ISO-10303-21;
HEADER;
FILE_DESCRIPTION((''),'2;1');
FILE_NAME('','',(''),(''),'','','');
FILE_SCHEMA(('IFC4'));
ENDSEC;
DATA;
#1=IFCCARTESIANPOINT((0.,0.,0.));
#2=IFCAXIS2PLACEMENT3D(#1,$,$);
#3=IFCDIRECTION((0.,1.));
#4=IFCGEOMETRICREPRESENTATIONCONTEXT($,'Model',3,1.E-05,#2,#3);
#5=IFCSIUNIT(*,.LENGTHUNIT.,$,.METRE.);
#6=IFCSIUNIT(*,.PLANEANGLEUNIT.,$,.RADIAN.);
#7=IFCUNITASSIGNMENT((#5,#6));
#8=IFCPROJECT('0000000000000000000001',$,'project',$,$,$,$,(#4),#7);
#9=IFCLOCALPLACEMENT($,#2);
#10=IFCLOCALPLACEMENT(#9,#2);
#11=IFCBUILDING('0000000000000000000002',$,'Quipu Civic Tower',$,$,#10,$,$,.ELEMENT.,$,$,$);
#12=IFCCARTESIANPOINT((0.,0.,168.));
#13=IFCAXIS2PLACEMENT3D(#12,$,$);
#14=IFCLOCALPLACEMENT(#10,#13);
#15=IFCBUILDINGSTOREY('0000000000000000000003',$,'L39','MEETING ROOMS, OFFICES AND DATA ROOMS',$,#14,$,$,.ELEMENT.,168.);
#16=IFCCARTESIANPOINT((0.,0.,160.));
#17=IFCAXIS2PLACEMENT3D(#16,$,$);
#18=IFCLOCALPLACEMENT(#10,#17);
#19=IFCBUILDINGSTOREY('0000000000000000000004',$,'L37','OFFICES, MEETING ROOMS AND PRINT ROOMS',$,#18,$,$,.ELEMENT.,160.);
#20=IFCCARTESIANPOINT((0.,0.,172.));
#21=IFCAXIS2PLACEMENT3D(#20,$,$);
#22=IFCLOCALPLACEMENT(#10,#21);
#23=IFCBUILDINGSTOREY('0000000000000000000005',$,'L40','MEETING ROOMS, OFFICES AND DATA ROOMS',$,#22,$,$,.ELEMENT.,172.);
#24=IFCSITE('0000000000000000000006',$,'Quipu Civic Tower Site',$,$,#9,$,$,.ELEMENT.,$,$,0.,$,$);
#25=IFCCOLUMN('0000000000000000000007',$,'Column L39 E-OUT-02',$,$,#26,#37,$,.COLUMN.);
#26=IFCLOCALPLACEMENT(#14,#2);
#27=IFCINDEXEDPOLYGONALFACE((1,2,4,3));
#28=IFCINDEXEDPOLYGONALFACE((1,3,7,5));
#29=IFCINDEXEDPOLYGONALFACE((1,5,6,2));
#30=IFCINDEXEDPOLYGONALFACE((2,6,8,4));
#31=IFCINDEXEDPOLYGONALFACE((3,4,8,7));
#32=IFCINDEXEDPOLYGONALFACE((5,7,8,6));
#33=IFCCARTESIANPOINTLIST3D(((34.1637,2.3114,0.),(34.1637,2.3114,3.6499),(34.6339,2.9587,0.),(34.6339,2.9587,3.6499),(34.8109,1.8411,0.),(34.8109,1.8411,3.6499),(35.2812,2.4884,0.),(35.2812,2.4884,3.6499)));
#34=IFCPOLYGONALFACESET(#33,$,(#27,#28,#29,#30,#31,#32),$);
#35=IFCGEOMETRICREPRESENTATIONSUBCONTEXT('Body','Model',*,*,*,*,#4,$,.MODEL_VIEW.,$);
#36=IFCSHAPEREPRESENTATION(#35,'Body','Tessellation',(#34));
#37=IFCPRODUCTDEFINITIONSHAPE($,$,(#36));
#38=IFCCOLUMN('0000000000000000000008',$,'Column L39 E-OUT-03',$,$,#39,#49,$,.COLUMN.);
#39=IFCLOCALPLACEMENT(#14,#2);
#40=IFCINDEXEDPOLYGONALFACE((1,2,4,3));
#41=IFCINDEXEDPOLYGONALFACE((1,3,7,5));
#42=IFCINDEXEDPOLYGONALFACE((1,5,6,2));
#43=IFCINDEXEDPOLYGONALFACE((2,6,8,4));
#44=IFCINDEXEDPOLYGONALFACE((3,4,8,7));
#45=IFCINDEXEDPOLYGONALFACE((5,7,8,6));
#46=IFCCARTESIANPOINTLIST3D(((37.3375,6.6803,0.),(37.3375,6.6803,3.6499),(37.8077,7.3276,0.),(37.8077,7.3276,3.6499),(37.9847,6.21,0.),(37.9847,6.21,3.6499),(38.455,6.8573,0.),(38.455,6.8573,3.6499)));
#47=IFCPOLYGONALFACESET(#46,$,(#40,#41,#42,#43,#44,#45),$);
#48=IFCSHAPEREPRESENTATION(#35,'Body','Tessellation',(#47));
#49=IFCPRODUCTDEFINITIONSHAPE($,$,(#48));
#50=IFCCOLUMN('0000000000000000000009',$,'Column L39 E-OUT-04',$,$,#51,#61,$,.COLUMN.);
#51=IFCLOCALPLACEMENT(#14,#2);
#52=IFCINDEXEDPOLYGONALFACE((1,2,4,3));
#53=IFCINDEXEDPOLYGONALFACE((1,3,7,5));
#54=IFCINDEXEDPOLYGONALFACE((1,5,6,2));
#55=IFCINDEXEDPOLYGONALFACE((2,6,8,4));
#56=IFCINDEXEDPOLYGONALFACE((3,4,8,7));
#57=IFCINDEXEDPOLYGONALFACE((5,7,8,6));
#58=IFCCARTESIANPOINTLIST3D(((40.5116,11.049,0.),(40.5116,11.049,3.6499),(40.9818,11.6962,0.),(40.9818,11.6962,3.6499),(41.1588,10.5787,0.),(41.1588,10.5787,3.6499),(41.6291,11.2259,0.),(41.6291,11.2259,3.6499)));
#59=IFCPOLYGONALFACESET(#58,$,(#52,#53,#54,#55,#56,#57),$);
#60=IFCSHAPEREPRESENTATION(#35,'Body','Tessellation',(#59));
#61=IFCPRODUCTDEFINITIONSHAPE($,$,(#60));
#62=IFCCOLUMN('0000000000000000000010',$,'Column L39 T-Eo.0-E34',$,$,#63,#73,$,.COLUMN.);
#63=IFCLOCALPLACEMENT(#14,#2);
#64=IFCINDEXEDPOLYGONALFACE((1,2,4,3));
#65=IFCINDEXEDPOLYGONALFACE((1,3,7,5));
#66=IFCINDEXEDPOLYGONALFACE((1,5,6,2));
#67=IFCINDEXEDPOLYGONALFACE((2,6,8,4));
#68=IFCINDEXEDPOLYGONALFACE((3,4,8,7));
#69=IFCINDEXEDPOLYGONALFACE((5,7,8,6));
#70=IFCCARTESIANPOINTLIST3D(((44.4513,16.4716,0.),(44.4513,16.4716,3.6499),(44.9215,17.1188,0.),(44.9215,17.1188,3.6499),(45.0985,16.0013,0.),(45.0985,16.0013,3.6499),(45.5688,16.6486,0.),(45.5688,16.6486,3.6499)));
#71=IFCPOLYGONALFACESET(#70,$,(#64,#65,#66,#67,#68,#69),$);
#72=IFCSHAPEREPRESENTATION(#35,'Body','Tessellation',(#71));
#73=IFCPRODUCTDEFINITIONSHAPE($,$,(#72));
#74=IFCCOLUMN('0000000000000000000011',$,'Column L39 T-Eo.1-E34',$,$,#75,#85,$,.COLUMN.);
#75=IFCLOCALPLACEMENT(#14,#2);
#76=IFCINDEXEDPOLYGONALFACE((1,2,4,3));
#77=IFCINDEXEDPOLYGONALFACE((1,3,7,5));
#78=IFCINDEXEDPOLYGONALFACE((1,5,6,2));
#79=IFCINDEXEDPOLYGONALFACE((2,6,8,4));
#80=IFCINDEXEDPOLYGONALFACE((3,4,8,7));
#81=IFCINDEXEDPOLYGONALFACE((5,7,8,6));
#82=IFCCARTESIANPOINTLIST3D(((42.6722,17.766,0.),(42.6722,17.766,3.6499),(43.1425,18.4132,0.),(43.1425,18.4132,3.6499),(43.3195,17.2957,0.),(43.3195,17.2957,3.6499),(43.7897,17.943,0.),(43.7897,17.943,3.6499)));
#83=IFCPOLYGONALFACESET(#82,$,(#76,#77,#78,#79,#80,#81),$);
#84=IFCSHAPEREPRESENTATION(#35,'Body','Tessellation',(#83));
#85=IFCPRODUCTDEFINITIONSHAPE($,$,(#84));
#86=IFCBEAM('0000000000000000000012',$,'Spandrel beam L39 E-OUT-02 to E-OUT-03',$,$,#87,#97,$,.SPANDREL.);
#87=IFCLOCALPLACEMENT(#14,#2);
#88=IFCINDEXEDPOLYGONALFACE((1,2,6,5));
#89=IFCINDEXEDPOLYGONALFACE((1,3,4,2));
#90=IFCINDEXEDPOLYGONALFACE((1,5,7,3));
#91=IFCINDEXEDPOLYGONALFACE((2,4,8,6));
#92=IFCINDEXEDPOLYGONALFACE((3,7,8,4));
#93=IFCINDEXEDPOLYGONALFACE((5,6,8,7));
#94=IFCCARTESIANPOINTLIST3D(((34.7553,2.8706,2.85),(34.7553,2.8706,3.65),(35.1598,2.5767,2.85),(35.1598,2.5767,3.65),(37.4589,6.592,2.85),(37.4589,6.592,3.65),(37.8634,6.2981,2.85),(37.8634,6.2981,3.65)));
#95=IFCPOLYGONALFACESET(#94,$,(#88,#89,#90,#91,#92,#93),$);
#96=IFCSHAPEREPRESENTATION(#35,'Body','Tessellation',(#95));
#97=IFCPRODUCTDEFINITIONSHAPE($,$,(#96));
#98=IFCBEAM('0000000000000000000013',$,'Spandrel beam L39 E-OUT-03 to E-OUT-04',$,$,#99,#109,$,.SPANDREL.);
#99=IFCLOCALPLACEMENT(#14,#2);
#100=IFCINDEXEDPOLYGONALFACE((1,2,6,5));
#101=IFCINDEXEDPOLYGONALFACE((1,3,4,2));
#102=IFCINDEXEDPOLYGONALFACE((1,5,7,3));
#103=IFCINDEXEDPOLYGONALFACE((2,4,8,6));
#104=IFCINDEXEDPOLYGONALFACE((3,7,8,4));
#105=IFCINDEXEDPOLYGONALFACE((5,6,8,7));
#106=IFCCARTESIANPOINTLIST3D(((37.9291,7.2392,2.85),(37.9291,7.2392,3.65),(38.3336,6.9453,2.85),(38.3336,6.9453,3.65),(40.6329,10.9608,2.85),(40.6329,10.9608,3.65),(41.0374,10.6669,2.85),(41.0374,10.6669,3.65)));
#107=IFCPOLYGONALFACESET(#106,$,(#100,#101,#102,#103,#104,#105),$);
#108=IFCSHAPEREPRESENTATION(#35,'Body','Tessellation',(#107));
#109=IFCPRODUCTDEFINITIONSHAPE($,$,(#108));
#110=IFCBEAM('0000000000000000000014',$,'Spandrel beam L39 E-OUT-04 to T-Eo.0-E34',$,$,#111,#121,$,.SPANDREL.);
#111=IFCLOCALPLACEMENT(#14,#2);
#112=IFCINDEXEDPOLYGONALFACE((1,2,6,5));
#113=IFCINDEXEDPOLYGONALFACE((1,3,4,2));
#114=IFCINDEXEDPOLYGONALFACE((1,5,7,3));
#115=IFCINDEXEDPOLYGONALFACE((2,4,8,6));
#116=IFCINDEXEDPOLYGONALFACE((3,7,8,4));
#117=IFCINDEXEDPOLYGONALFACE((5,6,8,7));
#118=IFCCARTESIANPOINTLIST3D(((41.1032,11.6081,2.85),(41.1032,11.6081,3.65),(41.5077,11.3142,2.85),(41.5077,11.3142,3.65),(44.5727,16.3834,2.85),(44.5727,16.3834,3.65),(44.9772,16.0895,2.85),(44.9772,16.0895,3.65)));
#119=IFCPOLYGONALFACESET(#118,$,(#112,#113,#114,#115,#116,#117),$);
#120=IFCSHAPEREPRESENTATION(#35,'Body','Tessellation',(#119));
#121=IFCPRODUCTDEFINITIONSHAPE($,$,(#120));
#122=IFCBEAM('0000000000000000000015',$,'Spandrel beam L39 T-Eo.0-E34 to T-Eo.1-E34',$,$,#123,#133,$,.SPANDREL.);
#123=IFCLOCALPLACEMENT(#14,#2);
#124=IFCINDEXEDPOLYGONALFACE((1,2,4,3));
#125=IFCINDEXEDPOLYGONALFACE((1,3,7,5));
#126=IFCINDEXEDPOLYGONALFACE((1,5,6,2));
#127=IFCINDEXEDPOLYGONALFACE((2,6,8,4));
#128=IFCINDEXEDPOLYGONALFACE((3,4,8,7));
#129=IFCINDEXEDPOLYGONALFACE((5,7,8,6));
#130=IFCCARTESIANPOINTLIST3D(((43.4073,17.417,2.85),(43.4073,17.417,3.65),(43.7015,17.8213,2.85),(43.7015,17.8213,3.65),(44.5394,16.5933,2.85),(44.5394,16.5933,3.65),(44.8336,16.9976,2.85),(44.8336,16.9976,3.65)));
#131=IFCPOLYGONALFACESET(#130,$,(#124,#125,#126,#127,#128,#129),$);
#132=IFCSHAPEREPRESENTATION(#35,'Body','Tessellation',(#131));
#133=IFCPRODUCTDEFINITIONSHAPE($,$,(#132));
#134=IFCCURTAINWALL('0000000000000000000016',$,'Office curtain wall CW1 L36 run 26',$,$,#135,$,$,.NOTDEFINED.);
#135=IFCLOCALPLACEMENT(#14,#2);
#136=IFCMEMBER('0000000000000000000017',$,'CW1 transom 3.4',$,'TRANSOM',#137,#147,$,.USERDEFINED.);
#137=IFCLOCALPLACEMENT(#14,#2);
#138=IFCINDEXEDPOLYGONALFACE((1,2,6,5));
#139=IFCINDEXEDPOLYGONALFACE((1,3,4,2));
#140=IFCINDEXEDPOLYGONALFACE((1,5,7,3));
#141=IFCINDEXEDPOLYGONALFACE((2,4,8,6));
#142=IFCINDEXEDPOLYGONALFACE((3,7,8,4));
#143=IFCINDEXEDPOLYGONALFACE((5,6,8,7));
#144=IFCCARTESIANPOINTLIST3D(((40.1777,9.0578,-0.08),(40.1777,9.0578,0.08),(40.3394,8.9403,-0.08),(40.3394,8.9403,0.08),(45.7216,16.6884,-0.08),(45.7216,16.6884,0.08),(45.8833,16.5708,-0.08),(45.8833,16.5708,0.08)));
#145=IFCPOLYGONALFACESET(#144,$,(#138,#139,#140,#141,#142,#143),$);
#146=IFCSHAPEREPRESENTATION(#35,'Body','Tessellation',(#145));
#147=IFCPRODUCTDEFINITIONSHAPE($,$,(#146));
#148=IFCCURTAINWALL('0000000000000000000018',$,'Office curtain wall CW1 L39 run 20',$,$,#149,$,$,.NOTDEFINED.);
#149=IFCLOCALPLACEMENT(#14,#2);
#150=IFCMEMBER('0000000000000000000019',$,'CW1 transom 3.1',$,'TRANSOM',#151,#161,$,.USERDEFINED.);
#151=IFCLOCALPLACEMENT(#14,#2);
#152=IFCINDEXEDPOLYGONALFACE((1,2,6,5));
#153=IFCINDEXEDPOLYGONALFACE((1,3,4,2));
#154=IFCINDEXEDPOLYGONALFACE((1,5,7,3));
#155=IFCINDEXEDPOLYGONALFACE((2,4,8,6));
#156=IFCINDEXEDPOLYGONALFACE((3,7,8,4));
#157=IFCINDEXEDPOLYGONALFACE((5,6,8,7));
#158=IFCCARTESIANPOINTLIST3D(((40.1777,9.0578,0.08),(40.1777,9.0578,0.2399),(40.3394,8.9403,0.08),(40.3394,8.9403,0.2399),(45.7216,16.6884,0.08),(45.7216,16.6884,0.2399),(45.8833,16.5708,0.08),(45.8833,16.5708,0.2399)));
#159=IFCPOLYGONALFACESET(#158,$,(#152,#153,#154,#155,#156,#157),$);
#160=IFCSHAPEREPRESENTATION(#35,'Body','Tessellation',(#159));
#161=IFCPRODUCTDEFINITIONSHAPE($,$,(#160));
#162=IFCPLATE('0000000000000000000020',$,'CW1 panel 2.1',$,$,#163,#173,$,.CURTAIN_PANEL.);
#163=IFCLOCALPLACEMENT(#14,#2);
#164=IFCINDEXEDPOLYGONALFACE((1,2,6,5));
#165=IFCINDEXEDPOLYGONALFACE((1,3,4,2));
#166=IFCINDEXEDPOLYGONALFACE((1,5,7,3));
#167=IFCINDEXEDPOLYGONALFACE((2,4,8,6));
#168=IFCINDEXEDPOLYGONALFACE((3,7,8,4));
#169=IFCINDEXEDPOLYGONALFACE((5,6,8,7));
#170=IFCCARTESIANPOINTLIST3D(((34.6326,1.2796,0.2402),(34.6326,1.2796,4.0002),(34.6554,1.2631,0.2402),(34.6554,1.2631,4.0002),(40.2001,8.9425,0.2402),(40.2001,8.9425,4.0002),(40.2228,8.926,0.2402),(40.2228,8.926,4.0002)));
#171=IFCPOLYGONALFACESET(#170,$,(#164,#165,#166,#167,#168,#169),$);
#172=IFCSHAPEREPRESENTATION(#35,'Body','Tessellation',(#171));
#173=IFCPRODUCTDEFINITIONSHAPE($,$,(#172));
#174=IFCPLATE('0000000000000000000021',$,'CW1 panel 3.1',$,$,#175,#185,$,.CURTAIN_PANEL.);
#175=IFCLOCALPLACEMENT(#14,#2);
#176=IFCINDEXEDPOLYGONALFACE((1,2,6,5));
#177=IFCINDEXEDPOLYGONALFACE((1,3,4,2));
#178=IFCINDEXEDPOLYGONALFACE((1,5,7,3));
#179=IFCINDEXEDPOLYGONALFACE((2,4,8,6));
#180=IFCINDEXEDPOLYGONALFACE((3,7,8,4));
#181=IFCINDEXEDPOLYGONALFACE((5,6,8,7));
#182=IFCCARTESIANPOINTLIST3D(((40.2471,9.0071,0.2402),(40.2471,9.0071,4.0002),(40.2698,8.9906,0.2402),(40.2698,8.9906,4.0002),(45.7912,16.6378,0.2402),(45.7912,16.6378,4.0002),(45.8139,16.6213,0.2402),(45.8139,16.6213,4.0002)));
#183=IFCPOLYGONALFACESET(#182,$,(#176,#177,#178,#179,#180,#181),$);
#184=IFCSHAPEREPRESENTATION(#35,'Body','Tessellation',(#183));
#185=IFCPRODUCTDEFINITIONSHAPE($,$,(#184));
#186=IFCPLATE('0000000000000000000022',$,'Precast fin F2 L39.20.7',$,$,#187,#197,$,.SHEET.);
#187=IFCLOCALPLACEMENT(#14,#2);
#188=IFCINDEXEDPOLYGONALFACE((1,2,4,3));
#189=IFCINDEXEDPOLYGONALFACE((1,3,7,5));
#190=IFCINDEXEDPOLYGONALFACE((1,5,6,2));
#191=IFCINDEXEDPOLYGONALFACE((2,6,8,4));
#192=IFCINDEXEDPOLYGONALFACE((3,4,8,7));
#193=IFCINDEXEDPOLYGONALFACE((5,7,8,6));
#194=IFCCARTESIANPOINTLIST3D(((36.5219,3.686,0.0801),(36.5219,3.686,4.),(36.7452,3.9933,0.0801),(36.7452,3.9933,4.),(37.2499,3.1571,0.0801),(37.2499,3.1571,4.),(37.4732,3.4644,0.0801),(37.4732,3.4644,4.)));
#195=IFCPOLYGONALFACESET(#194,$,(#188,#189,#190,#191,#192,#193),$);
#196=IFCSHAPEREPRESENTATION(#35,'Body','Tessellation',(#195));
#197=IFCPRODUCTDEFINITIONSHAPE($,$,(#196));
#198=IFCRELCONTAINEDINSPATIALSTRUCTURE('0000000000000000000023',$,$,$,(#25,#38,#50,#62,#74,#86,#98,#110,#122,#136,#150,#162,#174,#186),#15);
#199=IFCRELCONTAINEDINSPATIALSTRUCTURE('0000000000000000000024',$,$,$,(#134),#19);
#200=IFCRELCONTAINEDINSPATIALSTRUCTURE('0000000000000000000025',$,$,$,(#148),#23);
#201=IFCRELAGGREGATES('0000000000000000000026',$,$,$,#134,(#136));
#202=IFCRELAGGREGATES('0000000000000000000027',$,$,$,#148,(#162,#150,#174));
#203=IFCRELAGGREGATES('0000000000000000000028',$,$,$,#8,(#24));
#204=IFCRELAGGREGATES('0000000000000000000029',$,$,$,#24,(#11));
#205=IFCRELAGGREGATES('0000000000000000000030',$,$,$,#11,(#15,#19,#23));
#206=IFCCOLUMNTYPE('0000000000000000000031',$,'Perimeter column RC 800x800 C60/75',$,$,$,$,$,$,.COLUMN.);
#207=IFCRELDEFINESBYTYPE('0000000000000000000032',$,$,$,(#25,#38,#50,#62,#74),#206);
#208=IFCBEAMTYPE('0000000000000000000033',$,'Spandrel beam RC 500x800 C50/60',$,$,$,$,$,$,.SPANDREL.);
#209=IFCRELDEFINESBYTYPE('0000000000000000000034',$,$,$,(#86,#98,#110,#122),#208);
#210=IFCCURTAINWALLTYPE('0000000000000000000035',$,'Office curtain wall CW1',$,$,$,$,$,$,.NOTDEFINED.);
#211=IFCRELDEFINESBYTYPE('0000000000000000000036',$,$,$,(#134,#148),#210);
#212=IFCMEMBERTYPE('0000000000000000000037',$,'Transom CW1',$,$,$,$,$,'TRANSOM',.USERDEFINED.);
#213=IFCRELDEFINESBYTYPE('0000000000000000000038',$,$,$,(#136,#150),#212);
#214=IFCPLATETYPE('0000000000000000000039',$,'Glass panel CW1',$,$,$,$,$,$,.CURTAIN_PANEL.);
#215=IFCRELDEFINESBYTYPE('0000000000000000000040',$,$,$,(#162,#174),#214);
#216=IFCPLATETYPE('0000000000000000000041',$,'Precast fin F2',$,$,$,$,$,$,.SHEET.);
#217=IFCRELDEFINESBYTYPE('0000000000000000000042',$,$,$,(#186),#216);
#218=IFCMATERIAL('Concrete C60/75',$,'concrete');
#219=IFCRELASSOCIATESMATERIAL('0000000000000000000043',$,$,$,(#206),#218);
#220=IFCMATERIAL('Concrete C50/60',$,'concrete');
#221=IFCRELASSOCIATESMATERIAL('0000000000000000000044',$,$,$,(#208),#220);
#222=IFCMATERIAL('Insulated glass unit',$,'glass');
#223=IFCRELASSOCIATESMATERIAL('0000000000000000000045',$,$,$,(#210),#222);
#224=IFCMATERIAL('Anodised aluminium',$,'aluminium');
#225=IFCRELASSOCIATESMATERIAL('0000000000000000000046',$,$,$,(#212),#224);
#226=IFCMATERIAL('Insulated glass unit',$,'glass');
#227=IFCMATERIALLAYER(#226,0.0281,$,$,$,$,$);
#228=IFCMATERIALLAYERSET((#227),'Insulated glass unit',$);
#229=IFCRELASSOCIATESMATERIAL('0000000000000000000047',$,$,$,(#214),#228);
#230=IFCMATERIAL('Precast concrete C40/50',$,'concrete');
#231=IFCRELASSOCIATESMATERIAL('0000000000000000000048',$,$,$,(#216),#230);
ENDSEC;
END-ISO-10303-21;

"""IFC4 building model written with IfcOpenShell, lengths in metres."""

from ifc_helpers import new_model, si_unit, direction, frame, origin, origin_2d, place, context, subcontext, project, spatial, rectangle, extrude, material, layer, layer_set, material_profile, profile_set, type_object, element, aggregate, save


model = new_model("IFC4")

# Units and contexts
model_context = context("Model", 3, precision=1e-05, world=origin(), true_north=direction((0.0, 1.0)))
body_context = subcontext(model_context, "Body", "Model", "MODEL_VIEW")
ifc_project = project(units=[si_unit("LENGTHUNIT", "METRE"), si_unit("PLANEANGLEUNIT", "RADIAN")], contexts=[model_context])

# Site, building, storey
site_placement = place(None, origin())
site = spatial("IfcSite", under=ifc_project, at=site_placement, Name="Quipu Civic Tower Site", CompositionType="ELEMENT", RefElevation=0.0)
building_placement = place(site_placement, origin())
building = spatial("IfcBuilding", under=site, at=building_placement, Name="Quipu Civic Tower", CompositionType="ELEMENT")
storey_1_placement = place(building_placement, frame((0.0, 0.0, 168.0)))
storey_1 = spatial("IfcBuildingStorey", under=building, at=storey_1_placement, Name="L39", Description="MEETING ROOMS, OFFICES AND DATA ROOMS", CompositionType="ELEMENT", Elevation=168.0)

# Columns
ifc_material_1 = material(Name="Concrete C60/75", Category="concrete")
ifc_material_profile_1 = material_profile(ifc_material_1, rectangle(XDim=0.8, YDim=0.8, at=origin_2d()), Name="RC800x800")
ifc_profile_set_1 = profile_set([ifc_material_profile_1], Name="Concrete C60/75")
column_type = type_object("IfcColumnType", Name="Perimeter column RC 800x800 C60/75", PredefinedType="COLUMN", material=ifc_profile_set_1)
for number, where, z_axis, x_axis, name in (
    (1, (34.7224, 2.3999, 0.0), (0.0, 0.0, 1.0), (0.587785, 0.809017, 0.0), "Column L39 E-OUT-02"),
    (2, (37.8962, 6.7688, 0.0), (0.0, 0.0, 1.0), (0.587785, 0.809017, 0.0), "Column L39 E-OUT-03"),
    (3, (41.0703, 11.1375, 0.0), (0.0, 0.0, 1.0), (0.587785, 0.809017, 0.0), "Column L39 E-OUT-04"),
    (4, (45.01, 16.5601, 0.0), (0.0, 0.0, 1.0), (0.587785, 0.809017, 0.0), "Column L39 T-Eo.0-E34"),
    (5, (43.231, 17.8545, 0.0), (0.0, 0.0, 1.0), (0.587785, 0.809017, 0.0), "Column L39 T-Eo.1-E34"),
):
    element("IfcColumn", number, at=place(storey_1_placement, frame(where, z_axis=z_axis, x_axis=x_axis)), inside=storey_1, type_object=column_type, Name=name, PredefinedType="COLUMN", context=body_context, shape_type="SweptSolid", body=[
        extrude(rectangle(XDim=0.8, YDim=0.8, at=origin_2d()), origin(), (0.0, 0.0, 1.0), 3.6499),
    ])

# Beams
ifc_material_2 = material(Name="Concrete C50/60", Category="concrete")
ifc_material_profile_2 = material_profile(ifc_material_2, rectangle(XDim=0.5, YDim=0.8, at=origin_2d()), Name="RC500x800")
ifc_profile_set_2 = profile_set([ifc_material_profile_2], Name="Concrete C50/60")
beam_type = type_object("IfcBeamType", Name="Spandrel beam RC 500x800 C50/60", PredefinedType="SPANDREL", material=ifc_profile_set_2)
beam_1_placement = place(storey_1_placement, frame((34.9575, 2.7236, 3.25), z_axis=(0.587761, 0.809034, 0.0), x_axis=(-0.809034, 0.587761, 0.0)))
element("IfcBeam", 6, at=beam_1_placement, inside=storey_1, type_object=beam_type, Name="Spandrel beam L39 E-OUT-02 to E-OUT-03", PredefinedType="SPANDREL", context=body_context, shape_type="SweptSolid", body=[
    extrude(rectangle(XDim=0.5, YDim=0.8, at=origin_2d()), origin(), (0.0, 0.0, 1.0), 4.5999),
])
beam_2_placement = place(storey_1_placement, frame((38.1313, 7.0923, 3.25), z_axis=(0.587771, 0.809027, 0.0), x_axis=(-0.809027, 0.587771, 0.0)))
element("IfcBeam", 7, at=beam_2_placement, inside=storey_1, type_object=beam_type, Name="Spandrel beam L39 E-OUT-03 to E-OUT-04", PredefinedType="SPANDREL", context=body_context, shape_type="SweptSolid", body=[
    extrude(rectangle(XDim=0.5, YDim=0.8, at=origin_2d()), origin(), (0.0, 0.0, 1.0), 4.6001),
])
beam_3_placement = place(storey_1_placement, frame((41.3054, 11.4612, 3.25), z_axis=(0.5878, 0.809006, 0.0), x_axis=(-0.809006, 0.5878, 0.0)))
element("IfcBeam", 8, at=beam_3_placement, inside=storey_1, type_object=beam_type, Name="Spandrel beam L39 E-OUT-04 to T-Eo.0-E34", PredefinedType="SPANDREL", context=body_context, shape_type="SweptSolid", body=[
    extrude(rectangle(XDim=0.5, YDim=0.8, at=origin_2d()), origin(), (0.0, 0.0, 1.0), 5.9026),
])
beam_4_placement = place(storey_1_placement, frame((44.6865, 16.7954, 3.25), z_axis=(-0.8086, 0.588358, 0.0), x_axis=(-0.588358, -0.8086, 0.0)))
element("IfcBeam", 9, at=beam_4_placement, inside=storey_1, type_object=beam_type, Name="Spandrel beam L39 T-Eo.0-E34 to T-Eo.1-E34", PredefinedType="SPANDREL", context=body_context, shape_type="SweptSolid", body=[
    extrude(rectangle(XDim=0.5, YDim=0.8, at=origin_2d()), origin(), (0.0, 0.0, 1.0), 1.4001),
])

# Shared definitions
storey_2_placement = place(building_placement, frame((0.0, 0.0, 160.0)))
storey_2 = spatial("IfcBuildingStorey", under=building, at=storey_2_placement, Name="L37", Description="OFFICES, MEETING ROOMS AND PRINT ROOMS", CompositionType="ELEMENT", Elevation=160.0)

# Curtain wall, member
ifc_material_3 = material(Name="Insulated glass unit", Category="glass")
curtain_wall_type = type_object("IfcCurtainWallType", Name="Office curtain wall CW1", PredefinedType="NOTDEFINED", material=ifc_material_3)
curtain_wall_1_placement = place(storey_2_placement, origin())
curtain_wall_1 = element("IfcCurtainWall", 10, at=curtain_wall_1_placement, inside=storey_2, type_object=curtain_wall_type, Name="Office curtain wall CW1 L36 run 26", PredefinedType="NOTDEFINED")
ifc_material_4 = material(Name="Anodised aluminium", Category="aluminium")
ifc_material_profile_3 = material_profile(ifc_material_4, rectangle(XDim=0.2, YDim=0.1599, at=origin_2d()), Name="RECT 200x160")
ifc_profile_set_3 = profile_set([ifc_material_profile_3], Name="Anodised aluminium")
member_type = type_object("IfcMemberType", Name="Transom CW1", ElementType="TRANSOM", PredefinedType="USERDEFINED", material=ifc_profile_set_3)
member_1_placement = place(storey_1_placement, frame((40.2585, 8.999, 0.0), z_axis=(0.587784, 0.809018, 0.0), x_axis=(-0.809018, 0.587784, 0.0)))
member_1 = element("IfcMember", 11, at=member_1_placement, inside=storey_1, type_object=member_type, Name="CW1 transom 3.4", ObjectType="TRANSOM", PredefinedType="USERDEFINED", context=body_context, shape_type="SweptSolid", body=[
    extrude(rectangle(XDim=0.2, YDim=0.1599, at=origin_2d()), origin(), (0.0, 0.0, 1.0), 9.4319),
])
aggregate(curtain_wall_1, [member_1])

# Shared definitions
storey_3_placement = place(building_placement, frame((0.0, 0.0, 172.0)))
storey_3 = spatial("IfcBuildingStorey", under=building, at=storey_3_placement, Name="L40", Description="MEETING ROOMS, OFFICES AND DATA ROOMS", CompositionType="ELEMENT", Elevation=172.0)

# Curtain wall, member, plates
curtain_wall_2_placement = place(storey_3_placement, origin())
curtain_wall_2 = element("IfcCurtainWall", 12, at=curtain_wall_2_placement, inside=storey_3, type_object=curtain_wall_type, Name="Office curtain wall CW1 L39 run 20", PredefinedType="NOTDEFINED")
member_2_placement = place(storey_1_placement, frame((40.2585, 8.999, 0.1599), z_axis=(0.587784, 0.809018, 0.0), x_axis=(-0.809018, 0.587784, 0.0)))
member_2 = element("IfcMember", 13, at=member_2_placement, inside=storey_1, type_object=member_type, Name="CW1 transom 3.1", ObjectType="TRANSOM", PredefinedType="USERDEFINED", context=body_context, shape_type="SweptSolid", body=[
    extrude(rectangle(XDim=0.2, YDim=0.1599, at=origin_2d()), origin(), (0.0, 0.0, 1.0), 9.4319),
])
ifc_material_5 = material(Name="Insulated glass unit", Category="glass")
ifc_layer_1 = layer(ifc_material_5, 0.0281)
ifc_layer_set_1 = layer_set([ifc_layer_1], Name="Insulated glass unit")
plate_type_1 = type_object("IfcPlateType", Name="Glass panel CW1", PredefinedType="CURTAIN_PANEL", material=ifc_layer_set_1)
plate_1_placement = place(storey_1_placement, frame((37.4277, 5.1028, 0.2402), z_axis=(0.0, 0.0, 1.0), x_axis=(0.587786, 0.809017, 0.0)))
plate_1 = element("IfcPlate", 14, at=plate_1_placement, inside=storey_1, type_object=plate_type_1, Name="CW1 panel 2.1", PredefinedType="CURTAIN_PANEL", context=body_context, shape_type="SweptSolid", body=[
    extrude(rectangle(XDim=9.4719, YDim=0.0281, at=origin_2d()), origin(), (0.0, 0.0, 1.0), 3.76),
])
plate_2_placement = place(storey_1_placement, frame((43.0305, 12.8142, 0.2402), z_axis=(0.0, 0.0, 1.0), x_axis=(0.587786, 0.809017, 0.0)))
plate_2 = element("IfcPlate", 15, at=plate_2_placement, inside=storey_1, type_object=plate_type_1, Name="CW1 panel 3.1", PredefinedType="CURTAIN_PANEL", context=body_context, shape_type="SweptSolid", body=[
    extrude(rectangle(XDim=9.4321, YDim=0.0281, at=origin_2d()), origin(), (0.0, 0.0, 1.0), 3.76),
])
aggregate(curtain_wall_2, [plate_1, member_2, plate_2])

# Plate
ifc_material_6 = material(Name="Precast concrete C40/50", Category="concrete")
plate_type_2 = type_object("IfcPlateType", Name="Precast fin F2", PredefinedType="SHEET", material=ifc_material_6)
for number, where, z_axis, x_axis, name in (
    (16, (36.9976, 3.5752, 0.0801), (0.0, 0.0, 1.0), (0.587786, 0.809017, 0.0), "Precast fin F2 L39.20.7"),
):
    element("IfcPlate", number, at=place(storey_1_placement, frame(where, z_axis=z_axis, x_axis=x_axis)), inside=storey_1, type_object=plate_type_2, Name=name, PredefinedType="SHEET", context=body_context, shape_type="SweptSolid", body=[
        extrude(rectangle(XDim=0.3799, YDim=0.8999, at=origin_2d()), origin(), (0.0, 0.0, 1.0), 3.9199),
    ])

save(model, "model.ifc")
